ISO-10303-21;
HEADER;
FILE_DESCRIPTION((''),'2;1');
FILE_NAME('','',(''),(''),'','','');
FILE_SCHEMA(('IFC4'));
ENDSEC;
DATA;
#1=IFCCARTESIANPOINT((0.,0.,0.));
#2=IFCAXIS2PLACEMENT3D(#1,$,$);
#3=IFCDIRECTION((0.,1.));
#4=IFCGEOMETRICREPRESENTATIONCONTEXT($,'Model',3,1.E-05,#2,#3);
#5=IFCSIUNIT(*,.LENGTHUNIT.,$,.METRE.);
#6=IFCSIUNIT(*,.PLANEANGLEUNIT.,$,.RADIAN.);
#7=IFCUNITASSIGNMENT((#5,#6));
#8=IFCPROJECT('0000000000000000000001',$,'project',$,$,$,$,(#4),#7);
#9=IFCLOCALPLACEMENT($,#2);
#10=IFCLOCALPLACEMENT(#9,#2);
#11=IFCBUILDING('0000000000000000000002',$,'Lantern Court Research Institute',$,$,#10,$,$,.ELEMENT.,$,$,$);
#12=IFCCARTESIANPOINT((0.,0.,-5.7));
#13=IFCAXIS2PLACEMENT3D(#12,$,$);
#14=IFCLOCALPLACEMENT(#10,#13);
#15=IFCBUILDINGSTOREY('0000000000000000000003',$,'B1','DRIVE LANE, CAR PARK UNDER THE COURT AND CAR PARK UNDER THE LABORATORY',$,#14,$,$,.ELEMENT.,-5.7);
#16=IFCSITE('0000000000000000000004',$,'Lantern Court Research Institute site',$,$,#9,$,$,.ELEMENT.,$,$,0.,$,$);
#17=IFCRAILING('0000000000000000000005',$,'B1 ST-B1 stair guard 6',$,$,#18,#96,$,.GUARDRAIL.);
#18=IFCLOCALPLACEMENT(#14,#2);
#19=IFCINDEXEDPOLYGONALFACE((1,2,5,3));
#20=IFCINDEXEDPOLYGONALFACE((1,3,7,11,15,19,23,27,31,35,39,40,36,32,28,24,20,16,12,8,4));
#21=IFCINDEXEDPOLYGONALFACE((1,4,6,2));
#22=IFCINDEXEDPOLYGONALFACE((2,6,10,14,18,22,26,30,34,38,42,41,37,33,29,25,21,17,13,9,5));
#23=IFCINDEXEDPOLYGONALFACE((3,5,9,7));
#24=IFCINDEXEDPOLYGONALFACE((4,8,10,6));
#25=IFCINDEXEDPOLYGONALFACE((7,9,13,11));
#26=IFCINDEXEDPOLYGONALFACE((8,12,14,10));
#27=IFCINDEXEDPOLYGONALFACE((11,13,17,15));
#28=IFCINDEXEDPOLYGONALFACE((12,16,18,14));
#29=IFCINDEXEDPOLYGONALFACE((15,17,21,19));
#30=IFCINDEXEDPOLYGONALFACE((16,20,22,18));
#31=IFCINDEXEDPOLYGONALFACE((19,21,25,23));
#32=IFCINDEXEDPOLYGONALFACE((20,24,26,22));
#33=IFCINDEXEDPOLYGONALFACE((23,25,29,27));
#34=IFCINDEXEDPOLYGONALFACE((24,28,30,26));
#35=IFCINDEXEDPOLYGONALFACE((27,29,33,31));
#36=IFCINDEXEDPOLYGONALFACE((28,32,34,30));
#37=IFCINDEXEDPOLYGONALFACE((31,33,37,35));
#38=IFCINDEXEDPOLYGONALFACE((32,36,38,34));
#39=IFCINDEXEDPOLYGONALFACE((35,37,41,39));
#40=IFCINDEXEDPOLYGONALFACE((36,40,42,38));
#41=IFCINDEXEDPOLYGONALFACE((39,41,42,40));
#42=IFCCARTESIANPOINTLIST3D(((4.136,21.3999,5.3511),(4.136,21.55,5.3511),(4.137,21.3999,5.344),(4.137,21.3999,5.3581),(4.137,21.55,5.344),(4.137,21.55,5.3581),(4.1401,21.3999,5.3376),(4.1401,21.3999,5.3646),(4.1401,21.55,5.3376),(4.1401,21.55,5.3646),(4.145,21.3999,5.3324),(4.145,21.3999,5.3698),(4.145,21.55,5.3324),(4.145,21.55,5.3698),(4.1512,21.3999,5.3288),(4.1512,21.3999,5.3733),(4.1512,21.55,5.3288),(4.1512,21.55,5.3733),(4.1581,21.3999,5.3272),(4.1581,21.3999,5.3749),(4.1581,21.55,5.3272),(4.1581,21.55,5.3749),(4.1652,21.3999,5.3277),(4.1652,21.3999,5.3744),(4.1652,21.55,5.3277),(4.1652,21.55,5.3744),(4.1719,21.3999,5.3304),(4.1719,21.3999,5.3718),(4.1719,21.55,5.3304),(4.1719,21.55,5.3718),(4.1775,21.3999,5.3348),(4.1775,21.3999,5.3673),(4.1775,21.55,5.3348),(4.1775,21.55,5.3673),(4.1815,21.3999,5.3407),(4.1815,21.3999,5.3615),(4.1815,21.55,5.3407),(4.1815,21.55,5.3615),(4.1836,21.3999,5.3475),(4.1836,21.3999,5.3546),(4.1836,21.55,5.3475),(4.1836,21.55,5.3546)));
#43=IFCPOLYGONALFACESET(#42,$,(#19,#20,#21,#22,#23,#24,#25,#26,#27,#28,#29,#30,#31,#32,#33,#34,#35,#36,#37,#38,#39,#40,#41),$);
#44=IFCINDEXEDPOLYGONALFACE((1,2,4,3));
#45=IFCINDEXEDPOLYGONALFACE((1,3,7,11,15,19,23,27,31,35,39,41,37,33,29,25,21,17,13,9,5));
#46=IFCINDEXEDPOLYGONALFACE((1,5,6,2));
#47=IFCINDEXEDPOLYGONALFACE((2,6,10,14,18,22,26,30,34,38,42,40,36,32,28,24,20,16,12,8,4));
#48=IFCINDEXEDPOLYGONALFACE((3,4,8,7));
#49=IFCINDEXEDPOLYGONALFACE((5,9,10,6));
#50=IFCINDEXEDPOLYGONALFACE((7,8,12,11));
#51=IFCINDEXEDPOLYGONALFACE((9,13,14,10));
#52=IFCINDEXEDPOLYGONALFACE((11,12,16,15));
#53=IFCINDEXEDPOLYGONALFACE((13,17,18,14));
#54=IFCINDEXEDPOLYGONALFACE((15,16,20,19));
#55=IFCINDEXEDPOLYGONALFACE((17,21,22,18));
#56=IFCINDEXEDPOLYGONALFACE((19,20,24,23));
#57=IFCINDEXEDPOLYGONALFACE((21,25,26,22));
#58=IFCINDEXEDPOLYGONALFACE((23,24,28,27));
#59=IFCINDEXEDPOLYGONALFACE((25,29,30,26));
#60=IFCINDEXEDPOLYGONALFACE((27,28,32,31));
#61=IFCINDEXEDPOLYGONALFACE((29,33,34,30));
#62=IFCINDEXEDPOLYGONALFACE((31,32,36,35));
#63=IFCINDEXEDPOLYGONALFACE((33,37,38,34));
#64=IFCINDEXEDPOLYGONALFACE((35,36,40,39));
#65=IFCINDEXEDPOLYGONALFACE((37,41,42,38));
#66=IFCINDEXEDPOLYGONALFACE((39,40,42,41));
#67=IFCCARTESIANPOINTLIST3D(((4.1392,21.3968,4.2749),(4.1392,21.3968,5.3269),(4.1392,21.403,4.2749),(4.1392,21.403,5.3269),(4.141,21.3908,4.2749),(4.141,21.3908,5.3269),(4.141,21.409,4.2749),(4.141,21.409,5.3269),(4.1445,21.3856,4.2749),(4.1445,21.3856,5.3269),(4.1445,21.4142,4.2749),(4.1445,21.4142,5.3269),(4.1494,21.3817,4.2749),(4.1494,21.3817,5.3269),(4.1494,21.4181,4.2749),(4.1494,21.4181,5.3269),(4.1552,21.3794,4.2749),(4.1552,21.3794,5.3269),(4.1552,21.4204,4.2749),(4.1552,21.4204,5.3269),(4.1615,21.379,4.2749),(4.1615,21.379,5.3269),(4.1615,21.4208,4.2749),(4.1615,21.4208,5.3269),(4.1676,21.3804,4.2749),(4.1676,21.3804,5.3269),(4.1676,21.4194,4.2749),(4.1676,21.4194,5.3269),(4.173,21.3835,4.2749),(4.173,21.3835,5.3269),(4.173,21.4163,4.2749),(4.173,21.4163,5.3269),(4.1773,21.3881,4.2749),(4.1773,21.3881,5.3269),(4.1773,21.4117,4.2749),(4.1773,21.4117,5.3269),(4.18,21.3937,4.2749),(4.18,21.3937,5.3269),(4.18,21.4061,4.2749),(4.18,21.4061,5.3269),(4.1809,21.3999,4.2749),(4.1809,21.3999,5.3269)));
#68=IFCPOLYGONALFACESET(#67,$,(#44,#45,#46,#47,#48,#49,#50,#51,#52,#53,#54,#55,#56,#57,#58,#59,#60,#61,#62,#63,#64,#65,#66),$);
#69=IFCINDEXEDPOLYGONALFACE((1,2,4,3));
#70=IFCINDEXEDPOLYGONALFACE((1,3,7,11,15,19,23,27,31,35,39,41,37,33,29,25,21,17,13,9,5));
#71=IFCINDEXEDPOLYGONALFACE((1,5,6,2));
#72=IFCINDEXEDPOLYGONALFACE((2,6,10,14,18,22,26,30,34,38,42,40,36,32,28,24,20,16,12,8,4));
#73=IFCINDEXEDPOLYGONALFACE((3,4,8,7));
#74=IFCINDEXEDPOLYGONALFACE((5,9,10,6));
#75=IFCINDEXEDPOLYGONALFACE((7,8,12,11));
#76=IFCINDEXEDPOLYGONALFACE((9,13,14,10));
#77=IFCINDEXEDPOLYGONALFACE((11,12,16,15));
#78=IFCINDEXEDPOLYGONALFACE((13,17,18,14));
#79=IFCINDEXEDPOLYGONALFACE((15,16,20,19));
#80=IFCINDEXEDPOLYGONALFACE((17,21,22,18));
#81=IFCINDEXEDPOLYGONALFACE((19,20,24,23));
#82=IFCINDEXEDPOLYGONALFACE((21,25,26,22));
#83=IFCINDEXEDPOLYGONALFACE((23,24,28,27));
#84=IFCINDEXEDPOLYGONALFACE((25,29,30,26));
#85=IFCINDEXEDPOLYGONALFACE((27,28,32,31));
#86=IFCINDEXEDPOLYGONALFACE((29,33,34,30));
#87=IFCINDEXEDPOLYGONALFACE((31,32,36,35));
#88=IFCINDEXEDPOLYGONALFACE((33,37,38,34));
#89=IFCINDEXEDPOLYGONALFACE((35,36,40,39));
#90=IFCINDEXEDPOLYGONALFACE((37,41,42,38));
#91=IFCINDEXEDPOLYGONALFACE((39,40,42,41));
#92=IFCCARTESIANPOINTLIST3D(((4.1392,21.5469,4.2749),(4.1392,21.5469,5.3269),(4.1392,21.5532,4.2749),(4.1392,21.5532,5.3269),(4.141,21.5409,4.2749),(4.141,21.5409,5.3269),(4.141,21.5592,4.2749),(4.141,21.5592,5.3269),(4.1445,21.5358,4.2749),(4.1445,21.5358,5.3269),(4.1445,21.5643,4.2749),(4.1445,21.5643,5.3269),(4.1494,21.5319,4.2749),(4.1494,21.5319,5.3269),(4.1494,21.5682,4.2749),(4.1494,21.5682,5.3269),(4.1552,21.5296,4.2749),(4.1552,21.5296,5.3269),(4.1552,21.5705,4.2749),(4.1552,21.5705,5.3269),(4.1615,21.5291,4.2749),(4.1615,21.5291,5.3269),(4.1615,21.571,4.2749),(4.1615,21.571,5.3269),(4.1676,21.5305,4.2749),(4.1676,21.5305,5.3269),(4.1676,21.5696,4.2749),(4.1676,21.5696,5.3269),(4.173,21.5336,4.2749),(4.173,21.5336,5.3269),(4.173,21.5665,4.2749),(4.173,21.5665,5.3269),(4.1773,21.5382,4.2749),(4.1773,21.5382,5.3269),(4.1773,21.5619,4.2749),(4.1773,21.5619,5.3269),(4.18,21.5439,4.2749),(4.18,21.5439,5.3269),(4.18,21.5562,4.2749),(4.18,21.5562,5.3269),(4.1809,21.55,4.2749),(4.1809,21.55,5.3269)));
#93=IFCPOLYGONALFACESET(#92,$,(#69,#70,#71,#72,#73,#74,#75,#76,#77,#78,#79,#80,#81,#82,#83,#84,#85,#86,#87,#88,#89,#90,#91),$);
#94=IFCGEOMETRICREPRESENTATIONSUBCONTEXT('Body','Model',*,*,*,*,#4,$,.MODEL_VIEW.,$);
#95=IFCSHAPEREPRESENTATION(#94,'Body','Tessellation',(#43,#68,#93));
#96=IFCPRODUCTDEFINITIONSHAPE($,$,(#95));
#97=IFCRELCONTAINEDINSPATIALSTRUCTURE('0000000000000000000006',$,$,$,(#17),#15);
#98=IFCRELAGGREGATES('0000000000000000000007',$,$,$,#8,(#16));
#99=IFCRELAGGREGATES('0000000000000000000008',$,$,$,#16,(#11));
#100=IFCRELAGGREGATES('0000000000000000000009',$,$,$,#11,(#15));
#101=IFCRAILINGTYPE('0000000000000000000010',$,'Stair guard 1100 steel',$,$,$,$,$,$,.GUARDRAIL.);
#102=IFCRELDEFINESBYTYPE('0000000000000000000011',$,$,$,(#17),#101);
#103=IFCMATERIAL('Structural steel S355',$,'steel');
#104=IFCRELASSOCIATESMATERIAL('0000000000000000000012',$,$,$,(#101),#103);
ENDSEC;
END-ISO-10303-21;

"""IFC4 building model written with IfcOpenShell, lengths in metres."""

from ifc_helpers import new_model, si_unit, direction, frame, origin, origin_2d, place, context, subcontext, project, spatial, circle, extrude, material, type_object, element, save


model = new_model("IFC4")

# Units and contexts
model_context = context("Model", 3, precision=1e-05, world=origin(), true_north=direction((0.0, 1.0)))
body_context = subcontext(model_context, "Body", "Model", "MODEL_VIEW")
ifc_project = project(units=[si_unit("LENGTHUNIT", "METRE"), si_unit("PLANEANGLEUNIT", "RADIAN")], contexts=[model_context])

# Site, building, storey
site_placement = place(None, origin())
site = spatial("IfcSite", under=ifc_project, at=site_placement, Name="Lantern Court Research Institute site", CompositionType="ELEMENT", RefElevation=0.0)
building_placement = place(site_placement, origin())
building = spatial("IfcBuilding", under=site, at=building_placement, Name="Lantern Court Research Institute", CompositionType="ELEMENT")
storey_placement = place(building_placement, frame((0.0, 0.0, -5.7)))
storey = spatial("IfcBuildingStorey", under=building, at=storey_placement, Name="B1", Description="DRIVE LANE, CAR PARK UNDER THE COURT AND CAR PARK UNDER THE LABORATORY", CompositionType="ELEMENT", Elevation=-5.7)

# Railing
ifc_material_1 = material(Name="Structural steel S355", Category="steel")
railing_type_1 = type_object("IfcRailingType", Name="Stair guard 1100 steel", PredefinedType="GUARDRAIL", material=ifc_material_1)
for number, where, name in (
    (1, (4.1599, 21.3999, 4.2749), "B1 ST-B1 stair guard 6"),
):
    element("IfcRailing", number, at=place(storey_placement, frame(where)), inside=storey, type_object=railing_type_1, Name=name, PredefinedType="GUARDRAIL", context=body_context, shape_type="SweptSolid", body=[
        extrude(circle(Radius=0.0239, at=origin_2d()), frame((0.0, 0.0, 1.0762), z_axis=(0.0, 1.0, 0.0), x_axis=(-1.0, 0.0, 0.0)), (0.0, 0.0, 1.0), 0.1501),
        extrude(circle(Radius=0.021, at=origin_2d()), origin(), (0.0, 0.0, 1.0), 1.052),
        extrude(circle(Radius=0.021, at=origin_2d()), frame((0.0, 0.1501, 0.0)), (0.0, 0.0, 1.0), 1.052),
    ])

save(model, "model.ifc")
